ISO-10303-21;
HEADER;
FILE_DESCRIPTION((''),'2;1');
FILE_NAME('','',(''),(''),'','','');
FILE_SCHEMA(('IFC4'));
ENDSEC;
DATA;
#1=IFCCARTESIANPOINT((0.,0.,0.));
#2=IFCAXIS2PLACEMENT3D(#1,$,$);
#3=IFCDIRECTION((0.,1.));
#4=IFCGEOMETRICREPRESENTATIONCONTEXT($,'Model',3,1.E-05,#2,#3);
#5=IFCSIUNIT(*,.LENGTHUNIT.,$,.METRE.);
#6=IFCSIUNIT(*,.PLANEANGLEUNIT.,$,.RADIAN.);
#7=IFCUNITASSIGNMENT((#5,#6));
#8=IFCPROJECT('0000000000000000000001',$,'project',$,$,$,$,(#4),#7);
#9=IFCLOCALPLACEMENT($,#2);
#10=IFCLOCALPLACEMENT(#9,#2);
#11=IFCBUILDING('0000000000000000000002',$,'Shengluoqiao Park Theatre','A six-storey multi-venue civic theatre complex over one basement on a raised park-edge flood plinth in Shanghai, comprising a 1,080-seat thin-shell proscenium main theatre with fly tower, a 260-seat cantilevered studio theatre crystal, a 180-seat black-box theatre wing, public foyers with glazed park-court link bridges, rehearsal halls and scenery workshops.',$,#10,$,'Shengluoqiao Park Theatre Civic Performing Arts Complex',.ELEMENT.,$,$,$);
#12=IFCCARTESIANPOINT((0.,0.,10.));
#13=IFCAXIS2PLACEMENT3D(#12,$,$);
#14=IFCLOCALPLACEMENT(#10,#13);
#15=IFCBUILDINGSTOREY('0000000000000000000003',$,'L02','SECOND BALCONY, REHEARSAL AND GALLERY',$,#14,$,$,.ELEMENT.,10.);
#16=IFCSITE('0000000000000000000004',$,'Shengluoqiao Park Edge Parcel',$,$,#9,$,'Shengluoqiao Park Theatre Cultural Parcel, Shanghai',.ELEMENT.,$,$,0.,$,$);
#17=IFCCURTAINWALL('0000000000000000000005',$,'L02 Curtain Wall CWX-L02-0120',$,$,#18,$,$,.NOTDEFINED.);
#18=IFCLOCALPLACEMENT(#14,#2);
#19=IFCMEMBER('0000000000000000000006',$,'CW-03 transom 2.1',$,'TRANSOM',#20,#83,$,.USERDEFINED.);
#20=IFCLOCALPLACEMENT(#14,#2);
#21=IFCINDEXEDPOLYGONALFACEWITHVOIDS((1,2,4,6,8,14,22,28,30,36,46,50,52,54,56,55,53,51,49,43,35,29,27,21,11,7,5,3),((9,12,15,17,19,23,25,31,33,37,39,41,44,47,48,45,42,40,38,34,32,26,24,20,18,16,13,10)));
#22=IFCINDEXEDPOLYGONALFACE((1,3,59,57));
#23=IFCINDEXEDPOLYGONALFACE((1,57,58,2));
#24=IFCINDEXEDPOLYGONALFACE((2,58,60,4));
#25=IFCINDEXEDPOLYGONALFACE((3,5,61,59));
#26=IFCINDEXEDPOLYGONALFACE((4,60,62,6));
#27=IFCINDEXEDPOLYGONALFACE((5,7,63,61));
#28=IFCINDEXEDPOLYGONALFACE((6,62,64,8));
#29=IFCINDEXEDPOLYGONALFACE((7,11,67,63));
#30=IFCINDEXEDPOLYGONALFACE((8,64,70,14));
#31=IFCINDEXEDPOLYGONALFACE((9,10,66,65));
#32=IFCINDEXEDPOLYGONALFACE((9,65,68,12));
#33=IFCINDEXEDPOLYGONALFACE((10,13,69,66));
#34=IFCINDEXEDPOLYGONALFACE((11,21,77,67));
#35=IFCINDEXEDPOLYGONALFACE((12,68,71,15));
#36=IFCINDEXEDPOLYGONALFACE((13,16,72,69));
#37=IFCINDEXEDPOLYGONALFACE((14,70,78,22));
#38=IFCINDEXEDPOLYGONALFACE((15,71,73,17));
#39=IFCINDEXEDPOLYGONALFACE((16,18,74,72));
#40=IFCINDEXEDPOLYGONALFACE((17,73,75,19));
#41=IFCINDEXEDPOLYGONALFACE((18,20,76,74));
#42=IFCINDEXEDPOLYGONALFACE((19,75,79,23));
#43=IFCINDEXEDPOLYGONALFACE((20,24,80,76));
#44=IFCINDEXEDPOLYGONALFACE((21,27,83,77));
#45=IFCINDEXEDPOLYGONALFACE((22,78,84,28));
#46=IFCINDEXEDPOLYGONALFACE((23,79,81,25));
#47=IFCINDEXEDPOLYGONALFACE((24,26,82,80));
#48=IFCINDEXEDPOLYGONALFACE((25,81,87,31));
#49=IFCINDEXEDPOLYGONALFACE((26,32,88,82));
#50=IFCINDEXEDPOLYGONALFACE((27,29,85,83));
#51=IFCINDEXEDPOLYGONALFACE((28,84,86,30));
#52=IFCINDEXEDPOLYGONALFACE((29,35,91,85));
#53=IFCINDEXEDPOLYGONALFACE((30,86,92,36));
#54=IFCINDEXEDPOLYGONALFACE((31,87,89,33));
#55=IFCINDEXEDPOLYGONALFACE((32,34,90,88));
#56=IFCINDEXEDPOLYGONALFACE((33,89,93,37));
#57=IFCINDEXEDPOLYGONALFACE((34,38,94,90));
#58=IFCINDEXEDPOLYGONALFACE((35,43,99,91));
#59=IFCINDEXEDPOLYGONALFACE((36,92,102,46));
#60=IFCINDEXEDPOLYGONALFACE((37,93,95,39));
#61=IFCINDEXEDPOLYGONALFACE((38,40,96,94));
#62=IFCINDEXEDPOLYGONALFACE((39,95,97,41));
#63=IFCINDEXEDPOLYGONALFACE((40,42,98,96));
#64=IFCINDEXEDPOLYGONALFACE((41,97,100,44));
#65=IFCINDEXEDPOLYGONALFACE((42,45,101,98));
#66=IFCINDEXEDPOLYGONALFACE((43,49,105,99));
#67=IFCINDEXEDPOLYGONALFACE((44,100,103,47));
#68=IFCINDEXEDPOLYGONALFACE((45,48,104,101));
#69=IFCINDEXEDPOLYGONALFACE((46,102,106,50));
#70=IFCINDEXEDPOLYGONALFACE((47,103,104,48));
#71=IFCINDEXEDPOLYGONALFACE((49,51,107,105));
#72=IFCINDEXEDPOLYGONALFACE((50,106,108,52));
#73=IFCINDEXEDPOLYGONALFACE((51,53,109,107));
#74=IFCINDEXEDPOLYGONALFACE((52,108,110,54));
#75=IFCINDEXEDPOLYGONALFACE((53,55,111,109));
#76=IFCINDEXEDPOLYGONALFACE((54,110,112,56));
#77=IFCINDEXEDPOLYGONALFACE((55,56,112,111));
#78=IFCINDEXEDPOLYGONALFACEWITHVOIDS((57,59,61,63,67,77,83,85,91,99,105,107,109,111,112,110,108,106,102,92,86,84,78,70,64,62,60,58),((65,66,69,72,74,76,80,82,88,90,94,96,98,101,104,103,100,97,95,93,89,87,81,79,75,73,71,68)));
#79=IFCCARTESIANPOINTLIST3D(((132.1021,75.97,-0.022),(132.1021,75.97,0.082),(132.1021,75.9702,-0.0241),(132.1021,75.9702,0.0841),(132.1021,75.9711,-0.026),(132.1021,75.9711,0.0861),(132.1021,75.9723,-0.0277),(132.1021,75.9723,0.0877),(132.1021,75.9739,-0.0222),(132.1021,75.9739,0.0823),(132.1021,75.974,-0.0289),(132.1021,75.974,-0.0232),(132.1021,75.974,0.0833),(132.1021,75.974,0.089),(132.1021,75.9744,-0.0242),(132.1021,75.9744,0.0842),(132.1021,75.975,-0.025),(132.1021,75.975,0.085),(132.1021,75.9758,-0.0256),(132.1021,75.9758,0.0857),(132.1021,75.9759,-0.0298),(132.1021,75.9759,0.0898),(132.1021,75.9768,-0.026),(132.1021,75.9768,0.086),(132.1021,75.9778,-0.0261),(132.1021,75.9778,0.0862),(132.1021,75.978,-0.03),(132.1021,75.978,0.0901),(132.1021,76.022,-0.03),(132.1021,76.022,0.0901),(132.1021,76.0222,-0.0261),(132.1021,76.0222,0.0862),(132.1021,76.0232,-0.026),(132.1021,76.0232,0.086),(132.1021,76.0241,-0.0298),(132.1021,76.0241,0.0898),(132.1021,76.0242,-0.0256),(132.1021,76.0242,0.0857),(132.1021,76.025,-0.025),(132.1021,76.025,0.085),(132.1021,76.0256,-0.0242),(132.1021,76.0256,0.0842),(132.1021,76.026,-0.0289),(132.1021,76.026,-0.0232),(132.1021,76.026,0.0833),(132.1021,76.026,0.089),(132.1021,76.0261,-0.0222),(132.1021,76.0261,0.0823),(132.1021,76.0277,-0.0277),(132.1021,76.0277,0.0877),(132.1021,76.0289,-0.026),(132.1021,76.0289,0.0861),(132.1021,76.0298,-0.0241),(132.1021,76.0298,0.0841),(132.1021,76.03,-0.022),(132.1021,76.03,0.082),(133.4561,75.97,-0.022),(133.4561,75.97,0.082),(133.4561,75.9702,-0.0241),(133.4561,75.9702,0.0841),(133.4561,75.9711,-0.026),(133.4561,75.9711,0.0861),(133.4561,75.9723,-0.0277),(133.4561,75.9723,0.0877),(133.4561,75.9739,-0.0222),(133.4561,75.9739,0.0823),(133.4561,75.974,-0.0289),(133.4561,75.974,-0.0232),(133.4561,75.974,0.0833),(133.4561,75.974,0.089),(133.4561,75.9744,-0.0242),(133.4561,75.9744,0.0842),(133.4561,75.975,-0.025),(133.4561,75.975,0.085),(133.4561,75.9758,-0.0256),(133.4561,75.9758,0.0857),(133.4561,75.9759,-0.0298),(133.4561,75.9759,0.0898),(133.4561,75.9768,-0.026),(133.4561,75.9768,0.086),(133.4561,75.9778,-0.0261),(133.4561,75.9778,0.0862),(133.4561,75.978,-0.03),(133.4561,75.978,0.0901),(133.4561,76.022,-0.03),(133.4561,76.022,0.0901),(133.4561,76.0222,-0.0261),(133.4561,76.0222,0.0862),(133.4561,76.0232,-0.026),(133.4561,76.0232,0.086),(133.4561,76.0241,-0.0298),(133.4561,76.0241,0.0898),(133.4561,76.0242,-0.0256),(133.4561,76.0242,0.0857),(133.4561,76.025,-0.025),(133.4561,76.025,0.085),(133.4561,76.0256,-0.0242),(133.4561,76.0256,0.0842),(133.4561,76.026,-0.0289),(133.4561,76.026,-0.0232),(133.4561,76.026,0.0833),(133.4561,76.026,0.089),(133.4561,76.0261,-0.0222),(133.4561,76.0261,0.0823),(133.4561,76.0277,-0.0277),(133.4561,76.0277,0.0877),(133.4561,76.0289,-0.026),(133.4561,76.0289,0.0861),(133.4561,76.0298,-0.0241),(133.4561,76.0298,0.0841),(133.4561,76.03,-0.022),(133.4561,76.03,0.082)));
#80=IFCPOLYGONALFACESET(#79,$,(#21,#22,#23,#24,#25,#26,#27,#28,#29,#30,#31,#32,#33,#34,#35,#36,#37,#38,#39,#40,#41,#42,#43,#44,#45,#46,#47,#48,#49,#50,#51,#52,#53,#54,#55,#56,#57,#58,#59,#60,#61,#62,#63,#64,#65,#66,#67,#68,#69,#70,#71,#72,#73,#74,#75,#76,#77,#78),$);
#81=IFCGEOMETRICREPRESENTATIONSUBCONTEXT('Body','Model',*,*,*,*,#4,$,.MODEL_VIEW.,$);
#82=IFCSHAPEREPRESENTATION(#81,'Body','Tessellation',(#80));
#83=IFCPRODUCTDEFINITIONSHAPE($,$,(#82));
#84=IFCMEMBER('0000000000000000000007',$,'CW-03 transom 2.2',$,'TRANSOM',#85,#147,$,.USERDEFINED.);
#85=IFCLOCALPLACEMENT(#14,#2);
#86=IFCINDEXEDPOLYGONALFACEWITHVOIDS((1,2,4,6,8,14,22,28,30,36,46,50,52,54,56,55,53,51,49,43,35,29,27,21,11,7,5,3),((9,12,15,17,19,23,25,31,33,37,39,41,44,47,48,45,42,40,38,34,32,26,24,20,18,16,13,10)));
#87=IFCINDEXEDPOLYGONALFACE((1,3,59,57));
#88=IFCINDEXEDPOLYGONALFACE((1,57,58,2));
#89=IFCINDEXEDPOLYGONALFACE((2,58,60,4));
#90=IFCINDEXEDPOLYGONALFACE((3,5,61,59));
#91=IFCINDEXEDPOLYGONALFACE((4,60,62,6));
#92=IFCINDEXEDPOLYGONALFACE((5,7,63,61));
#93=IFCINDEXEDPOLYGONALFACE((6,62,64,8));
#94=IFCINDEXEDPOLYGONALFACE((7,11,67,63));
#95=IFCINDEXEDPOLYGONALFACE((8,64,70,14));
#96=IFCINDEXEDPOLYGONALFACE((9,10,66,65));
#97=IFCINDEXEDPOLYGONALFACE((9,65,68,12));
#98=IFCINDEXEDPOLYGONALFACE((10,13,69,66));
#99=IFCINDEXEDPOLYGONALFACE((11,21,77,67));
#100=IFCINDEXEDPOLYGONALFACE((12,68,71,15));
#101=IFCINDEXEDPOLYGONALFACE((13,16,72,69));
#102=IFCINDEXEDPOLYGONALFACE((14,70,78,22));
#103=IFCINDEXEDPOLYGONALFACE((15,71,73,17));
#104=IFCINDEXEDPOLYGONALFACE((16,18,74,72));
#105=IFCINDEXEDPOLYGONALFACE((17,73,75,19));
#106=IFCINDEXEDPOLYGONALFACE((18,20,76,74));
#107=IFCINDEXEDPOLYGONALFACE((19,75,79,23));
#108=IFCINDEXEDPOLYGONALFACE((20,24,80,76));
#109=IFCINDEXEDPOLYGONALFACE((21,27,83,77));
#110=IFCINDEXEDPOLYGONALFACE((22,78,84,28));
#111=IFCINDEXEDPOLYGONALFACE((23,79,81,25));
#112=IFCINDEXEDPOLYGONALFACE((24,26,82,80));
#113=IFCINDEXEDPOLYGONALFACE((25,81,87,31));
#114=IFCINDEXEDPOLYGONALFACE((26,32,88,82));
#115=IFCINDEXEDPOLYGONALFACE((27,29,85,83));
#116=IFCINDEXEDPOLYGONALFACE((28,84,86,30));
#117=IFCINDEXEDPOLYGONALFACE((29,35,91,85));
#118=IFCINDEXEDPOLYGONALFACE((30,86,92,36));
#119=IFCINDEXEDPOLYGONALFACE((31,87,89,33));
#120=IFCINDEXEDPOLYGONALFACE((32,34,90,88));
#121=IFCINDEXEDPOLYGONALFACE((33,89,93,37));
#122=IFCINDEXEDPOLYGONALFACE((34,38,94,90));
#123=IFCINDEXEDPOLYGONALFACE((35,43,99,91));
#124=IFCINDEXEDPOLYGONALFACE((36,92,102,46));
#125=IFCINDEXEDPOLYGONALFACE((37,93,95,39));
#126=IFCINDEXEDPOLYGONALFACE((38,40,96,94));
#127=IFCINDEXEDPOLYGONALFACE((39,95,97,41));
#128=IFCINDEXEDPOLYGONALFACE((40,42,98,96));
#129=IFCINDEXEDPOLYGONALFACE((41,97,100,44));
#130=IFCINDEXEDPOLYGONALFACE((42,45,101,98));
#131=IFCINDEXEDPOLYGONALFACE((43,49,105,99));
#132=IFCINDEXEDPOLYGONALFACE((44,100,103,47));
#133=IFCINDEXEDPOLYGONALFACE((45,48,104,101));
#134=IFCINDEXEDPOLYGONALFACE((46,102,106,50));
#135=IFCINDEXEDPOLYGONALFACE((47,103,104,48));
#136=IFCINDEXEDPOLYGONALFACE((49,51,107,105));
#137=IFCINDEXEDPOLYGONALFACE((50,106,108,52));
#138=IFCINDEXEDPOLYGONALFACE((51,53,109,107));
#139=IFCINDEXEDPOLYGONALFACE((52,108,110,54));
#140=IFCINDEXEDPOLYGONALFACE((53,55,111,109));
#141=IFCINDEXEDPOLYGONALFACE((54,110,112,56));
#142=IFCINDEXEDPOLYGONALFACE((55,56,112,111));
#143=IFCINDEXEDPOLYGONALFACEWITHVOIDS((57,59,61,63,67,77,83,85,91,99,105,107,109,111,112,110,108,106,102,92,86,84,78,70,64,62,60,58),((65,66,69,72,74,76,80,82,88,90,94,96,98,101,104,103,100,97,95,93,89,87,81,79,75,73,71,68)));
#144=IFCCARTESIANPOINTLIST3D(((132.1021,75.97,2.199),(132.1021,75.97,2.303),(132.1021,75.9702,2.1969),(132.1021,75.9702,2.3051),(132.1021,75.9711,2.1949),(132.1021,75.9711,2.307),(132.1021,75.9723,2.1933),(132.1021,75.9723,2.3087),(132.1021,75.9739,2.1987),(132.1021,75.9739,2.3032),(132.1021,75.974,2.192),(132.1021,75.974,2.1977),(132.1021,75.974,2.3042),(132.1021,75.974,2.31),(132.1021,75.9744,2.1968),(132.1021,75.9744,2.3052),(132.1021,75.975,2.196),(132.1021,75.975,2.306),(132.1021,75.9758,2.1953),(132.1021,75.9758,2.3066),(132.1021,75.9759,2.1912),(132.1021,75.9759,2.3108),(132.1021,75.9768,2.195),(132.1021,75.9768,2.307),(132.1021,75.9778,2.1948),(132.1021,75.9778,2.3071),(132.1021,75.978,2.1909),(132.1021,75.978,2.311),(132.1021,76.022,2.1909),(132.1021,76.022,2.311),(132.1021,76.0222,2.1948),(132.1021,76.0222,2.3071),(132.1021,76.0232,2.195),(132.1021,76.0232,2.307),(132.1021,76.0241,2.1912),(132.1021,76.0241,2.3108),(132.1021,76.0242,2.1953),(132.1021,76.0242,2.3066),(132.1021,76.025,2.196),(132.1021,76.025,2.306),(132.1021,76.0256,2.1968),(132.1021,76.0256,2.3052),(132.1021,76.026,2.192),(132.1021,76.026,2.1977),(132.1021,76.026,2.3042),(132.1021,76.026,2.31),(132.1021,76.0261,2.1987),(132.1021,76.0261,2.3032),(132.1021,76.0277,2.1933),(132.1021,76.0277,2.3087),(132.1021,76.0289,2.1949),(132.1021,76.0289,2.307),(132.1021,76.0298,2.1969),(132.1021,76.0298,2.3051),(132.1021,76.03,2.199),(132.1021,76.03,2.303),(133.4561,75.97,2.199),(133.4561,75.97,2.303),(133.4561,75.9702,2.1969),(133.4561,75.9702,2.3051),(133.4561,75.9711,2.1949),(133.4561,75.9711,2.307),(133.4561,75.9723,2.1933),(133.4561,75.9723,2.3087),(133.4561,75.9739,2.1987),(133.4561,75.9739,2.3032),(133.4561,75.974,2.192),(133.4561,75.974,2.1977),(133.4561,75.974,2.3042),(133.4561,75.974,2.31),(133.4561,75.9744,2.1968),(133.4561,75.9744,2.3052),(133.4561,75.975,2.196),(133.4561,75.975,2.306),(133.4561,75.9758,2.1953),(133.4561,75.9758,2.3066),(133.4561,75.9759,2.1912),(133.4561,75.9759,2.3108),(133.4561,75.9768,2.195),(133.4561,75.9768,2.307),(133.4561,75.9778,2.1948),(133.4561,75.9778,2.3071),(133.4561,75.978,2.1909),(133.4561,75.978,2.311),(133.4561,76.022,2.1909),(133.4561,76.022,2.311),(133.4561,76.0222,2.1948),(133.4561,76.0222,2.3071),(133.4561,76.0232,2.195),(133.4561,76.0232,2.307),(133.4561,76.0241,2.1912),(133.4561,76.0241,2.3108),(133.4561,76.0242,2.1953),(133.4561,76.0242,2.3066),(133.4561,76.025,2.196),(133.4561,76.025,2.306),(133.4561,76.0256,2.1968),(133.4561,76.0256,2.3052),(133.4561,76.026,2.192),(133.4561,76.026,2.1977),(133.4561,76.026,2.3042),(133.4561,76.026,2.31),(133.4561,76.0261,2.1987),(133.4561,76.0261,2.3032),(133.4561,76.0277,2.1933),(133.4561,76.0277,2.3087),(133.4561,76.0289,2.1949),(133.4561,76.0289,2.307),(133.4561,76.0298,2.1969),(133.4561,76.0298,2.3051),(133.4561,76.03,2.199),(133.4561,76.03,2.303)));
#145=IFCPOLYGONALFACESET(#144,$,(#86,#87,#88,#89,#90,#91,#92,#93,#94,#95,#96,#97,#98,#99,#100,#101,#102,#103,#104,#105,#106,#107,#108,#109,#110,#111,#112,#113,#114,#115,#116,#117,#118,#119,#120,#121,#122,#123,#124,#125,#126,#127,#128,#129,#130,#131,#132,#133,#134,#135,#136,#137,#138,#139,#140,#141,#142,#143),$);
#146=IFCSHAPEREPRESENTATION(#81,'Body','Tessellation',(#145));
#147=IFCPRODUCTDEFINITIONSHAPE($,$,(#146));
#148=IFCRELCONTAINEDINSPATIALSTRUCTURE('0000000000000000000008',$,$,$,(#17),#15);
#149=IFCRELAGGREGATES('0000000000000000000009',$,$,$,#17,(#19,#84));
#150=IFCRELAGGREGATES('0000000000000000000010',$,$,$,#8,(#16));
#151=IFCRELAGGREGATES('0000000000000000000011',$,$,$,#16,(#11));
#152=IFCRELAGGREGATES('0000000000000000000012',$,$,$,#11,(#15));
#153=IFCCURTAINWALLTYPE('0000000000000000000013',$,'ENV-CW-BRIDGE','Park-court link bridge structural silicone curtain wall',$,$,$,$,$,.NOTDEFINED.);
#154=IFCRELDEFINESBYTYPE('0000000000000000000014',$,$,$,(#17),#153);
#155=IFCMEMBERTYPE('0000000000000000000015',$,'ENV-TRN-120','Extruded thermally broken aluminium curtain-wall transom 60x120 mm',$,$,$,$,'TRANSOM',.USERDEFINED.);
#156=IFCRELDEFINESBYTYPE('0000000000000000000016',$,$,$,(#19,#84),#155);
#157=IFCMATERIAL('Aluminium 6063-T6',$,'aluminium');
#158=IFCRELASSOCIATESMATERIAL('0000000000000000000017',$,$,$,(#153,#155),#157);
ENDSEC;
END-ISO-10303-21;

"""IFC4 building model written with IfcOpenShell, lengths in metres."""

from ifc_helpers import new_model, si_unit, direction, frame, origin, origin_2d, place, context, subcontext, project, spatial, hollow_rectangle, extrude, material, material_profile, profile_set, type_object, element, aggregate, save


model = new_model("IFC4")

# Units and contexts
model_context = context("Model", 3, precision=1e-05, world=origin(), true_north=direction((0.0, 1.0)))
body_context = subcontext(model_context, "Body", "Model", "MODEL_VIEW")
ifc_project = project(units=[si_unit("LENGTHUNIT", "METRE"), si_unit("PLANEANGLEUNIT", "RADIAN")], contexts=[model_context])

# Site, building, storey
site_placement = place(None, origin())
site = spatial("IfcSite", under=ifc_project, at=site_placement, Name="Shengluoqiao Park Edge Parcel", LongName="Shengluoqiao Park Theatre Cultural Parcel, Shanghai", CompositionType="ELEMENT", RefElevation=0.0)
building_placement = place(site_placement, origin())
building = spatial("IfcBuilding", under=site, at=building_placement, Name="Shengluoqiao Park Theatre", Description="A six-storey multi-venue civic theatre complex over one basement on a raised park-edge flood plinth in Shanghai, comprising a 1,080-seat thin-shell proscenium main theatre with fly tower, a 260-seat cantilevered studio theatre crystal, a 180-seat black-box theatre wing, public foyers with glazed park-court link bridges, rehearsal halls and scenery workshops.", LongName="Shengluoqiao Park Theatre Civic Performing Arts Complex", CompositionType="ELEMENT")
storey_placement = place(building_placement, frame((0.0, 0.0, 10.0)))
storey = spatial("IfcBuildingStorey", under=building, at=storey_placement, Name="L02", Description="SECOND BALCONY, REHEARSAL AND GALLERY", CompositionType="ELEMENT", Elevation=10.0)

# Shared definitions
ifc_material_1 = material(Name="Aluminium 6063-T6", Category="aluminium")
curtain_wall_type = type_object("IfcCurtainWallType", Name="ENV-CW-BRIDGE", Description="Park-court link bridge structural silicone curtain wall", PredefinedType="NOTDEFINED", material=ifc_material_1)

# Curtain wall, members
curtain_wall_1_placement = place(storey_placement, origin())
curtain_wall_1 = element("IfcCurtainWall", 1, at=curtain_wall_1_placement, inside=storey, type_object=curtain_wall_type, Name="L02 Curtain Wall CWX-L02-0120", PredefinedType="NOTDEFINED")
ifc_material_profile_1 = material_profile(ifc_material_1, hollow_rectangle(XDim=0.0601, YDim=0.1201, WallThickness=0.0039, InnerFilletRadius=0.0039, OuterFilletRadius=0.0081, at=origin_2d()), Name="ALU TRANSOM 120x60x4")
ifc_profile_set_1 = profile_set([ifc_material_profile_1], Name="Aluminium 6063-T6")
member_type_1 = type_object("IfcMemberType", Name="ENV-TRN-120", Description="Extruded thermally broken aluminium curtain-wall transom 60x120 mm", ElementType="TRANSOM", PredefinedType="USERDEFINED", material=ifc_profile_set_1)
member_1_placement = place(storey_placement, frame((132.1021, 76.0, 0.03), z_axis=(1.0, 0.0, 0.0), x_axis=(0.0, 1.0, 0.0)))
member_1 = element("IfcMember", 2, at=member_1_placement, type_object=member_type_1, Name="CW-03 transom 2.1", ObjectType="TRANSOM", PredefinedType="USERDEFINED", context=body_context, shape_type="SweptSolid", body=[
    extrude(hollow_rectangle(XDim=0.0601, YDim=0.1201, WallThickness=0.0039, InnerFilletRadius=0.0039, OuterFilletRadius=0.0081, at=origin_2d()), origin(), (0.0, 0.0, 1.0), 1.354),
])
member_2_placement = place(storey_placement, frame((132.1021, 76.0, 2.251), z_axis=(1.0, 0.0, 0.0), x_axis=(0.0, 1.0, 0.0)))
member_2 = element("IfcMember", 3, at=member_2_placement, type_object=member_type_1, Name="CW-03 transom 2.2", ObjectType="TRANSOM", PredefinedType="USERDEFINED", context=body_context, shape_type="SweptSolid", body=[
    extrude(hollow_rectangle(XDim=0.0601, YDim=0.1201, WallThickness=0.0039, InnerFilletRadius=0.0039, OuterFilletRadius=0.0081, at=origin_2d()), origin(), (0.0, 0.0, 1.0), 1.354),
])

aggregate(curtain_wall_1, [member_1, member_2])

save(model, "model.ifc")
